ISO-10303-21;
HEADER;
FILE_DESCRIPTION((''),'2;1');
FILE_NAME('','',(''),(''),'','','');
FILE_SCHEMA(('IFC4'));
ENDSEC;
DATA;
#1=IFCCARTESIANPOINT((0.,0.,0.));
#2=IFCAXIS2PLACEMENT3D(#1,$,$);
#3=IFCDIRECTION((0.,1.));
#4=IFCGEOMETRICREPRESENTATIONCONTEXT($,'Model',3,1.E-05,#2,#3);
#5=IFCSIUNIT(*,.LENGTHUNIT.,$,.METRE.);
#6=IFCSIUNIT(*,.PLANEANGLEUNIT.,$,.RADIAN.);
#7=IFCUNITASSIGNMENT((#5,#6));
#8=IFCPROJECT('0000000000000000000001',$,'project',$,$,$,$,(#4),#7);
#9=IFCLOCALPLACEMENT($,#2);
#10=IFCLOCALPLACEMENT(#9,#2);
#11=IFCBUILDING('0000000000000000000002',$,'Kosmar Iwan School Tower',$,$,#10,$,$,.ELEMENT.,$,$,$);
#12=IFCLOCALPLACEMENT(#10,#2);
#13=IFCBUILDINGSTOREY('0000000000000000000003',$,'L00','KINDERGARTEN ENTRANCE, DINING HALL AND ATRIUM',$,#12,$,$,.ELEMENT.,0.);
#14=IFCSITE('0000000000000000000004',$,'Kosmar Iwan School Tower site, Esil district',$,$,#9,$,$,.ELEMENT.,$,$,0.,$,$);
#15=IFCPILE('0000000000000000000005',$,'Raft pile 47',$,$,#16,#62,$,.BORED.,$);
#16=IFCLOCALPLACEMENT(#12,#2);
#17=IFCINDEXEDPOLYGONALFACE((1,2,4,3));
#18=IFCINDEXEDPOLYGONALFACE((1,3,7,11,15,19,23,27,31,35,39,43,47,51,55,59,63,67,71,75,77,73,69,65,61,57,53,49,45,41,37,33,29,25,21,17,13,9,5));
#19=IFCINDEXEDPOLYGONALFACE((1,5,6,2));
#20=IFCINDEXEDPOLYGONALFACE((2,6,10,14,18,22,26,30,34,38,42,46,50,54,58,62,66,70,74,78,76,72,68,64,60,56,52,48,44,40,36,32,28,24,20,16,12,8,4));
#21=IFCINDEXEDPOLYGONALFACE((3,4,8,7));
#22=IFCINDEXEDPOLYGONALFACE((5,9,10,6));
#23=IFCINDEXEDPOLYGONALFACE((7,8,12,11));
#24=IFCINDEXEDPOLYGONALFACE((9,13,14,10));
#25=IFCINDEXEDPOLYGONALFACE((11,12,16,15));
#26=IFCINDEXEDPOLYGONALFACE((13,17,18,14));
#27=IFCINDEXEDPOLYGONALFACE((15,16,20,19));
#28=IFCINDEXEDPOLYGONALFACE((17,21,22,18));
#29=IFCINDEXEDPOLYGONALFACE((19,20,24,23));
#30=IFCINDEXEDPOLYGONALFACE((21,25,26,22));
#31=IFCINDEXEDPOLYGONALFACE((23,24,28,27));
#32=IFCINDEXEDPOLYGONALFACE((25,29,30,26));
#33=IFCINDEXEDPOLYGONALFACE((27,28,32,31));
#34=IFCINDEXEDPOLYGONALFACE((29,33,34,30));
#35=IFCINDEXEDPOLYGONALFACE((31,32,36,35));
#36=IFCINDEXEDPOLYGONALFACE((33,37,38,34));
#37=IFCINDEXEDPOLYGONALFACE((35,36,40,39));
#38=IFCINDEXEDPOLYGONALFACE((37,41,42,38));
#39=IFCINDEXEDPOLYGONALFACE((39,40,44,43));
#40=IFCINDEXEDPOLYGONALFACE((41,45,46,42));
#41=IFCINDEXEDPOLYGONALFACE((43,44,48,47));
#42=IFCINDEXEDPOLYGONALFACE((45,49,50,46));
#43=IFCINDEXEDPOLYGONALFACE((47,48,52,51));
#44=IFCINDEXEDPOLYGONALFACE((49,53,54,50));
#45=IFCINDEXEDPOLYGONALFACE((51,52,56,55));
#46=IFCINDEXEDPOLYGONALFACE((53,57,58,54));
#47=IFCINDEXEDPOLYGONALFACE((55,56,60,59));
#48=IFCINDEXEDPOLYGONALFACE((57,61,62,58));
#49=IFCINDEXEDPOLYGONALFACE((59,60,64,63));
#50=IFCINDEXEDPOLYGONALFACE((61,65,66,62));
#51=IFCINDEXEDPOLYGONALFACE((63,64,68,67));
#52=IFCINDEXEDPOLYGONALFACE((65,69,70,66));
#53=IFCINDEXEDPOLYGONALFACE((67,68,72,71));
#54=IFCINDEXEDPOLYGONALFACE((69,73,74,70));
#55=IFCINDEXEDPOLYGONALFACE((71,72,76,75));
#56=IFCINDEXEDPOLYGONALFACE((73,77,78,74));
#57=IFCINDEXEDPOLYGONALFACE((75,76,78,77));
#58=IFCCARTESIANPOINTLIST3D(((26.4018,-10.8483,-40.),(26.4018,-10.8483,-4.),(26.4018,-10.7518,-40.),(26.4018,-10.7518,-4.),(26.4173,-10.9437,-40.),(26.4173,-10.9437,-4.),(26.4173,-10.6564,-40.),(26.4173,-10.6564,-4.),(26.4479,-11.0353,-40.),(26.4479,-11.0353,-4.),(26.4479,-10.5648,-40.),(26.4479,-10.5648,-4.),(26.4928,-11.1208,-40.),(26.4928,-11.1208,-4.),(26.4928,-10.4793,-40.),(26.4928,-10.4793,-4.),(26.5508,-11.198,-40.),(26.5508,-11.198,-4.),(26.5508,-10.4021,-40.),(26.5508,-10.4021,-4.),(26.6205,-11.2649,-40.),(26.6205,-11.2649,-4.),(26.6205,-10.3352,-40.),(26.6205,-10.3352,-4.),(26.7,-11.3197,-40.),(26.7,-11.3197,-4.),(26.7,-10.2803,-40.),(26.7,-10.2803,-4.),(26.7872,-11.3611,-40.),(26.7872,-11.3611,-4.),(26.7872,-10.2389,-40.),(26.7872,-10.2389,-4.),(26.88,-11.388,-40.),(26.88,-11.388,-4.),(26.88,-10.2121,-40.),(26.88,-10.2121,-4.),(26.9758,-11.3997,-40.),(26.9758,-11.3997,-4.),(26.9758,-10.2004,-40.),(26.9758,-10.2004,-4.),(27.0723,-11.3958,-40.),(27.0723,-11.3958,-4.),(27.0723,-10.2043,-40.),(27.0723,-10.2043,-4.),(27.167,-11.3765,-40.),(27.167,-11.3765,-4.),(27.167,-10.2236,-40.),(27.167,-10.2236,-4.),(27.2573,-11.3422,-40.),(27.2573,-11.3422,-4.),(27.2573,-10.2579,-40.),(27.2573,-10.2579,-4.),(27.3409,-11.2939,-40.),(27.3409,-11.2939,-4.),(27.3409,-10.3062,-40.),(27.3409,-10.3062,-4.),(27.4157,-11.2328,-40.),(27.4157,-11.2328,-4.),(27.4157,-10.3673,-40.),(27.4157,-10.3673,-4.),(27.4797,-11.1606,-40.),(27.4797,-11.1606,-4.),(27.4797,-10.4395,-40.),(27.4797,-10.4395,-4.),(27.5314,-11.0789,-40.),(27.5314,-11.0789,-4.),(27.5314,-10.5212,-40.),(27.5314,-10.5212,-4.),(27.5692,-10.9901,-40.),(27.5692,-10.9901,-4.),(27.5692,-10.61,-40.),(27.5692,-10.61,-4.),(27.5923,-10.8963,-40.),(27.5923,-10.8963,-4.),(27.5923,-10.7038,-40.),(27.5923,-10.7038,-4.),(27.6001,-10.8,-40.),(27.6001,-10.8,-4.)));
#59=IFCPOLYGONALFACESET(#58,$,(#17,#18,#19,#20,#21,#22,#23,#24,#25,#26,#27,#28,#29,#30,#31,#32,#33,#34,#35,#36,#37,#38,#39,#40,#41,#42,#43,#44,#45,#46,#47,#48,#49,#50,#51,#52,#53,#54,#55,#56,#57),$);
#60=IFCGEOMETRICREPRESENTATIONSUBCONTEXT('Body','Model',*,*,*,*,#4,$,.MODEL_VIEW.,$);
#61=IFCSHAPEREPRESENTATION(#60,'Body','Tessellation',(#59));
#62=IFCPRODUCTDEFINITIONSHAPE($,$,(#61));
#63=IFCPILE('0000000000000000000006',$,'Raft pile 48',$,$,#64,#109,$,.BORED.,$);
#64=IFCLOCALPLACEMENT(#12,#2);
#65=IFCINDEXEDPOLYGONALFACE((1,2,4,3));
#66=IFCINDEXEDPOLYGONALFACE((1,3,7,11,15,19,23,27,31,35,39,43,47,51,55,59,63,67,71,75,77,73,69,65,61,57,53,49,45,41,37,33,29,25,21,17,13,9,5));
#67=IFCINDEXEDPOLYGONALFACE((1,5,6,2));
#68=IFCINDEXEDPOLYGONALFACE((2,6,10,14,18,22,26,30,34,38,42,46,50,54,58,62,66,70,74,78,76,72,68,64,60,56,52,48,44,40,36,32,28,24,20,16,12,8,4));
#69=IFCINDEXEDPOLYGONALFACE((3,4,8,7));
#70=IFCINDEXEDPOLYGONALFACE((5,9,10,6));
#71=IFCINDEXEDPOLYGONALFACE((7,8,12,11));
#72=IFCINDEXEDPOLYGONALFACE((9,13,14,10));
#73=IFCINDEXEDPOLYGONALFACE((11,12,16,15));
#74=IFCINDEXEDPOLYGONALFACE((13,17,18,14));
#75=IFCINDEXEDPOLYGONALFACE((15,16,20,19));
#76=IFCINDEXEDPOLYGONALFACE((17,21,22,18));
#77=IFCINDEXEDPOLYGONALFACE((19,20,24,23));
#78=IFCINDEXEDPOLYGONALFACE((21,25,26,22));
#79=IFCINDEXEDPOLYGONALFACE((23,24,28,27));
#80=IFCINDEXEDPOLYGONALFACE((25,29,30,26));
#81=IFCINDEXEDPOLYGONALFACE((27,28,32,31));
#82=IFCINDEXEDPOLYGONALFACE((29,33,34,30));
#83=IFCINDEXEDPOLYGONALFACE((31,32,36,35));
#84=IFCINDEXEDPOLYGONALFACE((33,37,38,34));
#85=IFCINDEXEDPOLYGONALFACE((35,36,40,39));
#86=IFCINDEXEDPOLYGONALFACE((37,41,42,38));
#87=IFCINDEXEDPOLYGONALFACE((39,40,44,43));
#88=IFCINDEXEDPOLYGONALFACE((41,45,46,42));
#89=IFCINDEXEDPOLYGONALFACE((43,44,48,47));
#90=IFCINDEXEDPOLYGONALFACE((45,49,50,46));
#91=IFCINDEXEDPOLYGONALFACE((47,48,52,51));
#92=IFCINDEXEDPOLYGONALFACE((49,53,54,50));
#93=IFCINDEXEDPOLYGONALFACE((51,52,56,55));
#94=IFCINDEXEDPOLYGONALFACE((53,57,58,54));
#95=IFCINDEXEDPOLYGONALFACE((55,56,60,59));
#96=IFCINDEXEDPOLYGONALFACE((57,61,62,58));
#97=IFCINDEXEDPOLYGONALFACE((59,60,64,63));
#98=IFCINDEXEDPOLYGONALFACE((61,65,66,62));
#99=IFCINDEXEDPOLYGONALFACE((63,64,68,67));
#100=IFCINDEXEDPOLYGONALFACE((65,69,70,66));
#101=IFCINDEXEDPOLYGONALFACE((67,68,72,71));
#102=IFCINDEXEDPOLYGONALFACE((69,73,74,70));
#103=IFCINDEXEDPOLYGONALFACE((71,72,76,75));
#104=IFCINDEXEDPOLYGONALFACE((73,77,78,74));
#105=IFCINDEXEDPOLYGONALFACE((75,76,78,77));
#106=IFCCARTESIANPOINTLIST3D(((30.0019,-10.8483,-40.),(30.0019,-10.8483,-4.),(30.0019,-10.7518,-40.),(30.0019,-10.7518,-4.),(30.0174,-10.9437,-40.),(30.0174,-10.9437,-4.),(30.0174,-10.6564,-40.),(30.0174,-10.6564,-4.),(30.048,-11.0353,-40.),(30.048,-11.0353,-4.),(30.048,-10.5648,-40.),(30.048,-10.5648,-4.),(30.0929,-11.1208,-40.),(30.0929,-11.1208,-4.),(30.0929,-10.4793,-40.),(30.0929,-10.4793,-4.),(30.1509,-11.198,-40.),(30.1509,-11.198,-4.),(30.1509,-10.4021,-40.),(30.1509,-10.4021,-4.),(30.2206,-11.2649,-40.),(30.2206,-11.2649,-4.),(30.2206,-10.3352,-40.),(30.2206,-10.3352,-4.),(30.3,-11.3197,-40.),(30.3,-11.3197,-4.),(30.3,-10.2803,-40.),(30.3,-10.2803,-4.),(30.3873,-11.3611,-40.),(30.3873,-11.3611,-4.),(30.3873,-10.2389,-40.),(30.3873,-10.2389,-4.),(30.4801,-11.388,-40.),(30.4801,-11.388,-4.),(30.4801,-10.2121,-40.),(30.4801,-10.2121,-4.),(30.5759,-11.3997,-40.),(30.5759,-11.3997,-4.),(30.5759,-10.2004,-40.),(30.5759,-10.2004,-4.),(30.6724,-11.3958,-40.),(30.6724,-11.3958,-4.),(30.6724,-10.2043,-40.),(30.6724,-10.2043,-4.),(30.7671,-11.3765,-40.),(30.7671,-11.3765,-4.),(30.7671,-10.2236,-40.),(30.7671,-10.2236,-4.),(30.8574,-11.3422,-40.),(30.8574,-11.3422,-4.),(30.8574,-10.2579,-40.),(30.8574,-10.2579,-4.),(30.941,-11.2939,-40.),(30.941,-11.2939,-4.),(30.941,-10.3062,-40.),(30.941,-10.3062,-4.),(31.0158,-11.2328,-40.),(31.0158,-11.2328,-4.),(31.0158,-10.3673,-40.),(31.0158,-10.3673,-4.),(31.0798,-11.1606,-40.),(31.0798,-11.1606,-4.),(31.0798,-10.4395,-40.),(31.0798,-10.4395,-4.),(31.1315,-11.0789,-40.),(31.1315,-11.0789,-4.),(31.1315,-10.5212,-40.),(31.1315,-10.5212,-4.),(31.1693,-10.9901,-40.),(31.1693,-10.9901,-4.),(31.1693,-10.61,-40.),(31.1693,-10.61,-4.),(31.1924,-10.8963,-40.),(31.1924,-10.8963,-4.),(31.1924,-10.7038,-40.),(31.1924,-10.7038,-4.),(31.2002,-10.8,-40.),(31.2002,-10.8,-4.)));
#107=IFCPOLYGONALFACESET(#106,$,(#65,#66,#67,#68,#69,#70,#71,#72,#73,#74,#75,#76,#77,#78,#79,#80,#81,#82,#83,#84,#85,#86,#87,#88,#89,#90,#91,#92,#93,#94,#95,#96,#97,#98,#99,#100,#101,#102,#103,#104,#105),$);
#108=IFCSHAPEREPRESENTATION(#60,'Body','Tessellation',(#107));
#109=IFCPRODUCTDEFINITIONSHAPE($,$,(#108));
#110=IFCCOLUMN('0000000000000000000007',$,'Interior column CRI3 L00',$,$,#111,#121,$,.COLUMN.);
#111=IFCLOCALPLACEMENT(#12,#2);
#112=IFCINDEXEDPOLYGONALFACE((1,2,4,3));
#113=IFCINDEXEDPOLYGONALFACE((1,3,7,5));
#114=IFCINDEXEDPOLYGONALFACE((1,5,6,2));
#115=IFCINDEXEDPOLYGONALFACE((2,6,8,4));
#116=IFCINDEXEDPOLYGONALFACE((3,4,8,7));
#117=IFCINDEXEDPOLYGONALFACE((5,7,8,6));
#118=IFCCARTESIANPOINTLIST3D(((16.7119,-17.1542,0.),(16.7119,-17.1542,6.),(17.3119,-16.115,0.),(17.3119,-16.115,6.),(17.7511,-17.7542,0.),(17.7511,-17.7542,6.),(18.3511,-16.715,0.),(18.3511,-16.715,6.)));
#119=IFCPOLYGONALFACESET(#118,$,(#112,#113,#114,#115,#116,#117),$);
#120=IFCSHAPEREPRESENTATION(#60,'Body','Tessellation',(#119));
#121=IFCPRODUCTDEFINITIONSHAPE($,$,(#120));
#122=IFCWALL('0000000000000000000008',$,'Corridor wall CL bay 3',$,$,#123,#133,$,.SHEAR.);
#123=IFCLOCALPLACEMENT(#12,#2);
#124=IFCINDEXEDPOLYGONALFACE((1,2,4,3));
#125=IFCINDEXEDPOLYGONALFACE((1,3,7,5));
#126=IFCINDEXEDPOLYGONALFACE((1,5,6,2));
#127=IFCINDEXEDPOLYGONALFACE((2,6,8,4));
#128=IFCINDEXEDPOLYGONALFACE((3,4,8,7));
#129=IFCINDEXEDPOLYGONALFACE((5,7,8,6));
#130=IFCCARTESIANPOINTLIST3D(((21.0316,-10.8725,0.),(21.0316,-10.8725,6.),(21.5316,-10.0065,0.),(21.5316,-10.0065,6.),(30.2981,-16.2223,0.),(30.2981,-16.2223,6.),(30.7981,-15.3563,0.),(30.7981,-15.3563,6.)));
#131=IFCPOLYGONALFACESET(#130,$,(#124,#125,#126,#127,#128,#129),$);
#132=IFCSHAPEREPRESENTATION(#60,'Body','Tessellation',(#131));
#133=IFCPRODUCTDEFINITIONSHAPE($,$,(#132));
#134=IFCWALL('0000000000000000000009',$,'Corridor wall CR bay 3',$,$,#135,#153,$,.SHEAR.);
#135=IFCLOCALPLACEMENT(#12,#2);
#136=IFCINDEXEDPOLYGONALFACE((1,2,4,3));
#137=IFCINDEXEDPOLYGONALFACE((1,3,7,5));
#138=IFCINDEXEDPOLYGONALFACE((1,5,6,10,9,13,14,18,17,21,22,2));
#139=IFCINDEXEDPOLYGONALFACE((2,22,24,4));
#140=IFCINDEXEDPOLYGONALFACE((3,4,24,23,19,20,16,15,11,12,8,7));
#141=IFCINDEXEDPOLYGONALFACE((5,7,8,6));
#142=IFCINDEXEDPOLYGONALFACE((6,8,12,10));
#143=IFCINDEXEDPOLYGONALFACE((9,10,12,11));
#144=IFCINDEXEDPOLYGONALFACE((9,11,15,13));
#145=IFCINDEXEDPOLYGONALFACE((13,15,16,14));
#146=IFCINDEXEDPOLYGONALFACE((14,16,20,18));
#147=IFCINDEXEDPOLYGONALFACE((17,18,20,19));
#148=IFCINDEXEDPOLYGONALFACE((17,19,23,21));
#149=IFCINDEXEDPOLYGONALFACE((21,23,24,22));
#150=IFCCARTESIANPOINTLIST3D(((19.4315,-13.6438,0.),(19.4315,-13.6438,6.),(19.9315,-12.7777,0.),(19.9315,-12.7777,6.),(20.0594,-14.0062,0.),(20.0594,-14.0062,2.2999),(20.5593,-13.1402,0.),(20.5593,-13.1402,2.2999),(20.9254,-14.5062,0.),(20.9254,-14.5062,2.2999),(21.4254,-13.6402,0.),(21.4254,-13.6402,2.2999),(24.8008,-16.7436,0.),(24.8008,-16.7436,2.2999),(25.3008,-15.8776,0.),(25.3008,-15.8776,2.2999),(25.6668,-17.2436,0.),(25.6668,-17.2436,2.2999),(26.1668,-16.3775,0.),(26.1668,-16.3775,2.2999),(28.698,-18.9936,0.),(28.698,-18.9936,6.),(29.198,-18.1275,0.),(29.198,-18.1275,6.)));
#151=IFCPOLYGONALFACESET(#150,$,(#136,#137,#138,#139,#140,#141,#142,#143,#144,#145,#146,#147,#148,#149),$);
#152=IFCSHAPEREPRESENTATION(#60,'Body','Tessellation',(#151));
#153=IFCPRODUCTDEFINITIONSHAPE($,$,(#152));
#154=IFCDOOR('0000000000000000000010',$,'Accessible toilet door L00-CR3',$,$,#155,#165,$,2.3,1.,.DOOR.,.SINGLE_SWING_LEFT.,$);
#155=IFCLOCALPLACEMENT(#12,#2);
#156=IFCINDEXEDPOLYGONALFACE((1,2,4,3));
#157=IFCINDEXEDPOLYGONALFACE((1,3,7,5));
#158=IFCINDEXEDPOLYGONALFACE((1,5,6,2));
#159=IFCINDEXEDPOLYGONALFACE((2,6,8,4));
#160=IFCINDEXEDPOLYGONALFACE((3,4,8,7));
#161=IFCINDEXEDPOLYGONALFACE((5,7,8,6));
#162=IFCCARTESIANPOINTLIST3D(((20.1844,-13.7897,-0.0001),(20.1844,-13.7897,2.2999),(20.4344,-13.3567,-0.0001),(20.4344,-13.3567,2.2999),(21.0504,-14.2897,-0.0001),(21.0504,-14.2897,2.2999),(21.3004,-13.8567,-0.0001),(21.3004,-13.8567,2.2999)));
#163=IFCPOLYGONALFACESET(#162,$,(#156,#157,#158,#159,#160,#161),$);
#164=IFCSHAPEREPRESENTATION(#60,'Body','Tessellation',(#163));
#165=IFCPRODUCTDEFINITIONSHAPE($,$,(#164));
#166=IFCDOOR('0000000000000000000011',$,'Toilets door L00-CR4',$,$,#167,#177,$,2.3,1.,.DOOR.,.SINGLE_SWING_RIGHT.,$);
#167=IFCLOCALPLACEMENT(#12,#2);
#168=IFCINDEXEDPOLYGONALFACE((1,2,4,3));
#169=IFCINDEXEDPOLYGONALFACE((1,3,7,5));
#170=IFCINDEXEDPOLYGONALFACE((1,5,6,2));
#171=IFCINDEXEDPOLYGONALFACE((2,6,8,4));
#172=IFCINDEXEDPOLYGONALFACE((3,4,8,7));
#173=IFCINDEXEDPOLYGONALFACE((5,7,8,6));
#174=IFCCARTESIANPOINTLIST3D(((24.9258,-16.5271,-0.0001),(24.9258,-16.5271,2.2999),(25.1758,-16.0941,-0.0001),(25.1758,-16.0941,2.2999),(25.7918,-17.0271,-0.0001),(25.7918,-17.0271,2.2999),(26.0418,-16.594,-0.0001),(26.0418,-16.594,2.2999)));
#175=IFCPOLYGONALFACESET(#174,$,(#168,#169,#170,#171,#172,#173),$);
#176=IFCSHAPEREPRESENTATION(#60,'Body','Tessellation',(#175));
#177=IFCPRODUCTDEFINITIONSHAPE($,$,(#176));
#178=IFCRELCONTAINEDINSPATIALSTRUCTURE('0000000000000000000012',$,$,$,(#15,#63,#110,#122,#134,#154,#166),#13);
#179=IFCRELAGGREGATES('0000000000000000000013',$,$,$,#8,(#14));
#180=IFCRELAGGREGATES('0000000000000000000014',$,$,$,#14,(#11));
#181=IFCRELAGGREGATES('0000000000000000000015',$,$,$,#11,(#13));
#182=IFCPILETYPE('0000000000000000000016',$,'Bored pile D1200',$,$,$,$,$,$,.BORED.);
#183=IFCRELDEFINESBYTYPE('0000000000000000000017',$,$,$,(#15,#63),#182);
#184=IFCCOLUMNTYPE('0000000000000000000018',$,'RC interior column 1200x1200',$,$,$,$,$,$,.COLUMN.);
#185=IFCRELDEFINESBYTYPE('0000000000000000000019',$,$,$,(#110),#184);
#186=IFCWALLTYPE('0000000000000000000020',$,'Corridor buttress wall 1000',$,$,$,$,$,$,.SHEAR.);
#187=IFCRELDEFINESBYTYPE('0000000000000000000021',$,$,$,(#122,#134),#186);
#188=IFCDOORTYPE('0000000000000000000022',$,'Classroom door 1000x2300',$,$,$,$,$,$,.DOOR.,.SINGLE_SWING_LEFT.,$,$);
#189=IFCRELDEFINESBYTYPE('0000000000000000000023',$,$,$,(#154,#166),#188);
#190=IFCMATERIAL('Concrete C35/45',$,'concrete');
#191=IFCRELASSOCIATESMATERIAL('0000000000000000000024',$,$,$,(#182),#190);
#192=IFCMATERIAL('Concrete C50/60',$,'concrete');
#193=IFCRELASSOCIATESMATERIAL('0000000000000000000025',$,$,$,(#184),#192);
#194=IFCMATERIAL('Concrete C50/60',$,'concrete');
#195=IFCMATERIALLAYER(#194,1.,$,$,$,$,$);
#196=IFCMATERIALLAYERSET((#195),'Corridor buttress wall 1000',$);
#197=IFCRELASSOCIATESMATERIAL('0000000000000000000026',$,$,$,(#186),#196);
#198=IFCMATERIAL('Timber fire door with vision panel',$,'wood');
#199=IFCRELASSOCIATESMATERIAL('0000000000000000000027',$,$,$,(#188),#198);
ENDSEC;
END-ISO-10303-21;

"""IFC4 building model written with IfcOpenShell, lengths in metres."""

from ifc_helpers import new_model, si_unit, direction, frame, frame_2d, origin, origin_2d, place, context, subcontext, project, spatial, rectangle, circle, extrude, material, layer, layer_set, material_profile, profile_set, type_object, element, fill, save


model = new_model("IFC4")

# Units and contexts
model_context = context("Model", 3, precision=1e-05, world=origin(), true_north=direction((0.0, 1.0)))
body_context = subcontext(model_context, "Body", "Model", "MODEL_VIEW")
ifc_project = project(units=[si_unit("LENGTHUNIT", "METRE"), si_unit("PLANEANGLEUNIT", "RADIAN")], contexts=[model_context])

# Site, building, storey
site_placement = place(None, origin())
site = spatial("IfcSite", under=ifc_project, at=site_placement, Name="Kosmar Iwan School Tower site, Esil district", CompositionType="ELEMENT", RefElevation=0.0)
building_placement = place(site_placement, origin())
building = spatial("IfcBuilding", under=site, at=building_placement, Name="Kosmar Iwan School Tower", CompositionType="ELEMENT")
storey_placement = place(building_placement, origin())
storey = spatial("IfcBuildingStorey", under=building, at=storey_placement, Name="L00", Description="KINDERGARTEN ENTRANCE, DINING HALL AND ATRIUM", CompositionType="ELEMENT", Elevation=0.0)

# Piles
ifc_material_1 = material(Name="Concrete C35/45", Category="concrete")
ifc_material_profile_1 = material_profile(ifc_material_1, circle(Radius=0.6001, at=origin_2d()), Name="D1200")
ifc_profile_set_1 = profile_set([ifc_material_profile_1], Name="Concrete C35/45")
pile_type = type_object("IfcPileType", Name="Bored pile D1200", PredefinedType="BORED", material=ifc_profile_set_1)
for number, where, z_axis, x_axis, name in (
    (1, (27.0, -10.8, -4.0), (0.0, 0.0, -1.0), (1.0, 0.0, 0.0), "Raft pile 47"),
    (2, (30.6001, -10.8, -4.0), (0.0, 0.0, -1.0), (1.0, 0.0, 0.0), "Raft pile 48"),
):
    element("IfcPile", number, at=place(storey_placement, frame(where, z_axis=z_axis, x_axis=x_axis)), inside=storey, type_object=pile_type, Name=name, PredefinedType="BORED", context=body_context, shape_type="SweptSolid", body=[
        extrude(circle(Radius=0.6001, at=origin_2d()), origin(), (0.0, 0.0, 1.0), 36.0),
    ])

# Column
ifc_material_2 = material(Name="Concrete C50/60", Category="concrete")
ifc_material_profile_2 = material_profile(ifc_material_2, rectangle(XDim=1.2, YDim=1.2, at=origin_2d()), Name="RC 1200x1200")
ifc_profile_set_2 = profile_set([ifc_material_profile_2], Name="Concrete C50/60")
column_type = type_object("IfcColumnType", Name="RC interior column 1200x1200", PredefinedType="COLUMN", material=ifc_profile_set_2)
column_placement = place(storey_placement, frame((17.5315, -16.9346, 0.0), z_axis=(0.0, 0.0, 1.0), x_axis=(0.866025, -0.5, 0.0)))
element("IfcColumn", 3, at=column_placement, inside=storey, type_object=column_type, Name="Interior column CRI3 L00", PredefinedType="COLUMN", context=body_context, shape_type="SweptSolid", body=[
    extrude(rectangle(XDim=1.2, YDim=1.2, at=origin_2d()), origin(), (0.0, 0.0, 1.0), 6.0),
])

# Wall
ifc_material_3 = material(Name="Concrete C50/60", Category="concrete")
ifc_layer_1 = layer(ifc_material_3, 1.0)
ifc_layer_set_1 = layer_set([ifc_layer_1], Name="Corridor buttress wall 1000")
wall_type_1 = type_object("IfcWallType", Name="Corridor buttress wall 1000", PredefinedType="SHEAR", material=ifc_layer_set_1)
wall_1_placement = place(storey_placement, frame((21.2815, -10.4395, 0.0), z_axis=(0.0, 0.0, 1.0), x_axis=(0.866034, -0.499984, 0.0)))
element("IfcWall", 4, at=wall_1_placement, inside=storey, type_object=wall_type_1, Name="Corridor wall CL bay 3", PredefinedType="SHEAR", context=body_context, shape_type="SweptSolid", body=[
    extrude(rectangle(XDim=10.7, YDim=1.0, at=frame_2d((5.3501, 0.0))), origin(), (0.0, 0.0, 1.0), 6.0),
])

# Wall, openings, doors
wall_2_placement = place(storey_placement, frame((19.6814, -13.2107, 0.0), z_axis=(0.0, 0.0, 1.0), x_axis=(0.866034, -0.499984, 0.0)))
wall_2 = element("IfcWall", 5, at=wall_2_placement, inside=storey, type_object=wall_type_1, Name="Corridor wall CR bay 3", PredefinedType="SHEAR", context=body_context, shape_type="SweptSolid", body=[
    extrude(rectangle(XDim=10.7, YDim=1.0, at=frame_2d((5.3501, 0.0))), origin(), (0.0, 0.0, 1.0), 6.0),
])
opening_1_placement = place(wall_2_placement, frame((0.7251, 0.0, 0.0)))
opening_1 = element("IfcOpeningElement", 6, at=opening_1_placement, cuts=wall_2, PredefinedType="OPENING", context=body_context, shape_type="SweptSolid", body=[
    extrude(rectangle(XDim=1.0, YDim=2.3, at=frame_2d((0.5, 1.1499))), frame((0.0, 0.512, 0.0), z_axis=(0.0, -1.0, 0.0), x_axis=(1.0, 0.0, 0.0)), (0.0, 0.0, 1.0), 1.0239),
])
opening_2_placement = place(wall_2_placement, frame((6.2, 0.0, 0.0)))
opening_2 = element("IfcOpeningElement", 7, at=opening_2_placement, cuts=wall_2, PredefinedType="OPENING", context=body_context, shape_type="SweptSolid", body=[
    extrude(rectangle(XDim=1.0, YDim=2.3, at=frame_2d((0.5, 1.1499))), frame((0.0, 0.512, 0.0), z_axis=(0.0, -1.0, 0.0), x_axis=(1.0, 0.0, 0.0)), (0.0, 0.0, 1.0), 1.0239),
])
ifc_material_4 = material(Name="Timber fire door with vision panel", Category="wood")
door_type_1 = type_object("IfcDoorType", Name="Classroom door 1000x2300", OperationType="SINGLE_SWING_LEFT", PredefinedType="DOOR", material=ifc_material_4)
door_1_placement = place(opening_1_placement, origin())
door_1 = element("IfcDoor", 8, at=door_1_placement, inside=storey, type_object=door_type_1, Name="Accessible toilet door L00-CR3", OperationType="SINGLE_SWING_LEFT", OverallHeight=2.3, OverallWidth=1.0, PredefinedType="DOOR", context=body_context, shape_type="SweptSolid", body=[
    extrude(rectangle(XDim=1.0, YDim=2.3, at=frame_2d((0.5, 1.1499))), frame((0.0, 0.25, 0.0), z_axis=(0.0, -1.0, 0.0), x_axis=(1.0, 0.0, 0.0)), (0.0, 0.0, 1.0), 0.5),
])
fill(opening_1, door_1)
door_2_placement = place(opening_2_placement, origin())
door_2 = element("IfcDoor", 9, at=door_2_placement, inside=storey, type_object=door_type_1, Name="Toilets door L00-CR4", OperationType="SINGLE_SWING_RIGHT", OverallHeight=2.3, OverallWidth=1.0, PredefinedType="DOOR", context=body_context, shape_type="SweptSolid", body=[
    extrude(rectangle(XDim=1.0, YDim=2.3, at=frame_2d((0.5, 1.1499))), frame((0.0, 0.25, 0.0), z_axis=(0.0, -1.0, 0.0), x_axis=(1.0, 0.0, 0.0)), (0.0, 0.0, 1.0), 0.5),
])
fill(opening_2, door_2)

save(model, "model.ifc")
